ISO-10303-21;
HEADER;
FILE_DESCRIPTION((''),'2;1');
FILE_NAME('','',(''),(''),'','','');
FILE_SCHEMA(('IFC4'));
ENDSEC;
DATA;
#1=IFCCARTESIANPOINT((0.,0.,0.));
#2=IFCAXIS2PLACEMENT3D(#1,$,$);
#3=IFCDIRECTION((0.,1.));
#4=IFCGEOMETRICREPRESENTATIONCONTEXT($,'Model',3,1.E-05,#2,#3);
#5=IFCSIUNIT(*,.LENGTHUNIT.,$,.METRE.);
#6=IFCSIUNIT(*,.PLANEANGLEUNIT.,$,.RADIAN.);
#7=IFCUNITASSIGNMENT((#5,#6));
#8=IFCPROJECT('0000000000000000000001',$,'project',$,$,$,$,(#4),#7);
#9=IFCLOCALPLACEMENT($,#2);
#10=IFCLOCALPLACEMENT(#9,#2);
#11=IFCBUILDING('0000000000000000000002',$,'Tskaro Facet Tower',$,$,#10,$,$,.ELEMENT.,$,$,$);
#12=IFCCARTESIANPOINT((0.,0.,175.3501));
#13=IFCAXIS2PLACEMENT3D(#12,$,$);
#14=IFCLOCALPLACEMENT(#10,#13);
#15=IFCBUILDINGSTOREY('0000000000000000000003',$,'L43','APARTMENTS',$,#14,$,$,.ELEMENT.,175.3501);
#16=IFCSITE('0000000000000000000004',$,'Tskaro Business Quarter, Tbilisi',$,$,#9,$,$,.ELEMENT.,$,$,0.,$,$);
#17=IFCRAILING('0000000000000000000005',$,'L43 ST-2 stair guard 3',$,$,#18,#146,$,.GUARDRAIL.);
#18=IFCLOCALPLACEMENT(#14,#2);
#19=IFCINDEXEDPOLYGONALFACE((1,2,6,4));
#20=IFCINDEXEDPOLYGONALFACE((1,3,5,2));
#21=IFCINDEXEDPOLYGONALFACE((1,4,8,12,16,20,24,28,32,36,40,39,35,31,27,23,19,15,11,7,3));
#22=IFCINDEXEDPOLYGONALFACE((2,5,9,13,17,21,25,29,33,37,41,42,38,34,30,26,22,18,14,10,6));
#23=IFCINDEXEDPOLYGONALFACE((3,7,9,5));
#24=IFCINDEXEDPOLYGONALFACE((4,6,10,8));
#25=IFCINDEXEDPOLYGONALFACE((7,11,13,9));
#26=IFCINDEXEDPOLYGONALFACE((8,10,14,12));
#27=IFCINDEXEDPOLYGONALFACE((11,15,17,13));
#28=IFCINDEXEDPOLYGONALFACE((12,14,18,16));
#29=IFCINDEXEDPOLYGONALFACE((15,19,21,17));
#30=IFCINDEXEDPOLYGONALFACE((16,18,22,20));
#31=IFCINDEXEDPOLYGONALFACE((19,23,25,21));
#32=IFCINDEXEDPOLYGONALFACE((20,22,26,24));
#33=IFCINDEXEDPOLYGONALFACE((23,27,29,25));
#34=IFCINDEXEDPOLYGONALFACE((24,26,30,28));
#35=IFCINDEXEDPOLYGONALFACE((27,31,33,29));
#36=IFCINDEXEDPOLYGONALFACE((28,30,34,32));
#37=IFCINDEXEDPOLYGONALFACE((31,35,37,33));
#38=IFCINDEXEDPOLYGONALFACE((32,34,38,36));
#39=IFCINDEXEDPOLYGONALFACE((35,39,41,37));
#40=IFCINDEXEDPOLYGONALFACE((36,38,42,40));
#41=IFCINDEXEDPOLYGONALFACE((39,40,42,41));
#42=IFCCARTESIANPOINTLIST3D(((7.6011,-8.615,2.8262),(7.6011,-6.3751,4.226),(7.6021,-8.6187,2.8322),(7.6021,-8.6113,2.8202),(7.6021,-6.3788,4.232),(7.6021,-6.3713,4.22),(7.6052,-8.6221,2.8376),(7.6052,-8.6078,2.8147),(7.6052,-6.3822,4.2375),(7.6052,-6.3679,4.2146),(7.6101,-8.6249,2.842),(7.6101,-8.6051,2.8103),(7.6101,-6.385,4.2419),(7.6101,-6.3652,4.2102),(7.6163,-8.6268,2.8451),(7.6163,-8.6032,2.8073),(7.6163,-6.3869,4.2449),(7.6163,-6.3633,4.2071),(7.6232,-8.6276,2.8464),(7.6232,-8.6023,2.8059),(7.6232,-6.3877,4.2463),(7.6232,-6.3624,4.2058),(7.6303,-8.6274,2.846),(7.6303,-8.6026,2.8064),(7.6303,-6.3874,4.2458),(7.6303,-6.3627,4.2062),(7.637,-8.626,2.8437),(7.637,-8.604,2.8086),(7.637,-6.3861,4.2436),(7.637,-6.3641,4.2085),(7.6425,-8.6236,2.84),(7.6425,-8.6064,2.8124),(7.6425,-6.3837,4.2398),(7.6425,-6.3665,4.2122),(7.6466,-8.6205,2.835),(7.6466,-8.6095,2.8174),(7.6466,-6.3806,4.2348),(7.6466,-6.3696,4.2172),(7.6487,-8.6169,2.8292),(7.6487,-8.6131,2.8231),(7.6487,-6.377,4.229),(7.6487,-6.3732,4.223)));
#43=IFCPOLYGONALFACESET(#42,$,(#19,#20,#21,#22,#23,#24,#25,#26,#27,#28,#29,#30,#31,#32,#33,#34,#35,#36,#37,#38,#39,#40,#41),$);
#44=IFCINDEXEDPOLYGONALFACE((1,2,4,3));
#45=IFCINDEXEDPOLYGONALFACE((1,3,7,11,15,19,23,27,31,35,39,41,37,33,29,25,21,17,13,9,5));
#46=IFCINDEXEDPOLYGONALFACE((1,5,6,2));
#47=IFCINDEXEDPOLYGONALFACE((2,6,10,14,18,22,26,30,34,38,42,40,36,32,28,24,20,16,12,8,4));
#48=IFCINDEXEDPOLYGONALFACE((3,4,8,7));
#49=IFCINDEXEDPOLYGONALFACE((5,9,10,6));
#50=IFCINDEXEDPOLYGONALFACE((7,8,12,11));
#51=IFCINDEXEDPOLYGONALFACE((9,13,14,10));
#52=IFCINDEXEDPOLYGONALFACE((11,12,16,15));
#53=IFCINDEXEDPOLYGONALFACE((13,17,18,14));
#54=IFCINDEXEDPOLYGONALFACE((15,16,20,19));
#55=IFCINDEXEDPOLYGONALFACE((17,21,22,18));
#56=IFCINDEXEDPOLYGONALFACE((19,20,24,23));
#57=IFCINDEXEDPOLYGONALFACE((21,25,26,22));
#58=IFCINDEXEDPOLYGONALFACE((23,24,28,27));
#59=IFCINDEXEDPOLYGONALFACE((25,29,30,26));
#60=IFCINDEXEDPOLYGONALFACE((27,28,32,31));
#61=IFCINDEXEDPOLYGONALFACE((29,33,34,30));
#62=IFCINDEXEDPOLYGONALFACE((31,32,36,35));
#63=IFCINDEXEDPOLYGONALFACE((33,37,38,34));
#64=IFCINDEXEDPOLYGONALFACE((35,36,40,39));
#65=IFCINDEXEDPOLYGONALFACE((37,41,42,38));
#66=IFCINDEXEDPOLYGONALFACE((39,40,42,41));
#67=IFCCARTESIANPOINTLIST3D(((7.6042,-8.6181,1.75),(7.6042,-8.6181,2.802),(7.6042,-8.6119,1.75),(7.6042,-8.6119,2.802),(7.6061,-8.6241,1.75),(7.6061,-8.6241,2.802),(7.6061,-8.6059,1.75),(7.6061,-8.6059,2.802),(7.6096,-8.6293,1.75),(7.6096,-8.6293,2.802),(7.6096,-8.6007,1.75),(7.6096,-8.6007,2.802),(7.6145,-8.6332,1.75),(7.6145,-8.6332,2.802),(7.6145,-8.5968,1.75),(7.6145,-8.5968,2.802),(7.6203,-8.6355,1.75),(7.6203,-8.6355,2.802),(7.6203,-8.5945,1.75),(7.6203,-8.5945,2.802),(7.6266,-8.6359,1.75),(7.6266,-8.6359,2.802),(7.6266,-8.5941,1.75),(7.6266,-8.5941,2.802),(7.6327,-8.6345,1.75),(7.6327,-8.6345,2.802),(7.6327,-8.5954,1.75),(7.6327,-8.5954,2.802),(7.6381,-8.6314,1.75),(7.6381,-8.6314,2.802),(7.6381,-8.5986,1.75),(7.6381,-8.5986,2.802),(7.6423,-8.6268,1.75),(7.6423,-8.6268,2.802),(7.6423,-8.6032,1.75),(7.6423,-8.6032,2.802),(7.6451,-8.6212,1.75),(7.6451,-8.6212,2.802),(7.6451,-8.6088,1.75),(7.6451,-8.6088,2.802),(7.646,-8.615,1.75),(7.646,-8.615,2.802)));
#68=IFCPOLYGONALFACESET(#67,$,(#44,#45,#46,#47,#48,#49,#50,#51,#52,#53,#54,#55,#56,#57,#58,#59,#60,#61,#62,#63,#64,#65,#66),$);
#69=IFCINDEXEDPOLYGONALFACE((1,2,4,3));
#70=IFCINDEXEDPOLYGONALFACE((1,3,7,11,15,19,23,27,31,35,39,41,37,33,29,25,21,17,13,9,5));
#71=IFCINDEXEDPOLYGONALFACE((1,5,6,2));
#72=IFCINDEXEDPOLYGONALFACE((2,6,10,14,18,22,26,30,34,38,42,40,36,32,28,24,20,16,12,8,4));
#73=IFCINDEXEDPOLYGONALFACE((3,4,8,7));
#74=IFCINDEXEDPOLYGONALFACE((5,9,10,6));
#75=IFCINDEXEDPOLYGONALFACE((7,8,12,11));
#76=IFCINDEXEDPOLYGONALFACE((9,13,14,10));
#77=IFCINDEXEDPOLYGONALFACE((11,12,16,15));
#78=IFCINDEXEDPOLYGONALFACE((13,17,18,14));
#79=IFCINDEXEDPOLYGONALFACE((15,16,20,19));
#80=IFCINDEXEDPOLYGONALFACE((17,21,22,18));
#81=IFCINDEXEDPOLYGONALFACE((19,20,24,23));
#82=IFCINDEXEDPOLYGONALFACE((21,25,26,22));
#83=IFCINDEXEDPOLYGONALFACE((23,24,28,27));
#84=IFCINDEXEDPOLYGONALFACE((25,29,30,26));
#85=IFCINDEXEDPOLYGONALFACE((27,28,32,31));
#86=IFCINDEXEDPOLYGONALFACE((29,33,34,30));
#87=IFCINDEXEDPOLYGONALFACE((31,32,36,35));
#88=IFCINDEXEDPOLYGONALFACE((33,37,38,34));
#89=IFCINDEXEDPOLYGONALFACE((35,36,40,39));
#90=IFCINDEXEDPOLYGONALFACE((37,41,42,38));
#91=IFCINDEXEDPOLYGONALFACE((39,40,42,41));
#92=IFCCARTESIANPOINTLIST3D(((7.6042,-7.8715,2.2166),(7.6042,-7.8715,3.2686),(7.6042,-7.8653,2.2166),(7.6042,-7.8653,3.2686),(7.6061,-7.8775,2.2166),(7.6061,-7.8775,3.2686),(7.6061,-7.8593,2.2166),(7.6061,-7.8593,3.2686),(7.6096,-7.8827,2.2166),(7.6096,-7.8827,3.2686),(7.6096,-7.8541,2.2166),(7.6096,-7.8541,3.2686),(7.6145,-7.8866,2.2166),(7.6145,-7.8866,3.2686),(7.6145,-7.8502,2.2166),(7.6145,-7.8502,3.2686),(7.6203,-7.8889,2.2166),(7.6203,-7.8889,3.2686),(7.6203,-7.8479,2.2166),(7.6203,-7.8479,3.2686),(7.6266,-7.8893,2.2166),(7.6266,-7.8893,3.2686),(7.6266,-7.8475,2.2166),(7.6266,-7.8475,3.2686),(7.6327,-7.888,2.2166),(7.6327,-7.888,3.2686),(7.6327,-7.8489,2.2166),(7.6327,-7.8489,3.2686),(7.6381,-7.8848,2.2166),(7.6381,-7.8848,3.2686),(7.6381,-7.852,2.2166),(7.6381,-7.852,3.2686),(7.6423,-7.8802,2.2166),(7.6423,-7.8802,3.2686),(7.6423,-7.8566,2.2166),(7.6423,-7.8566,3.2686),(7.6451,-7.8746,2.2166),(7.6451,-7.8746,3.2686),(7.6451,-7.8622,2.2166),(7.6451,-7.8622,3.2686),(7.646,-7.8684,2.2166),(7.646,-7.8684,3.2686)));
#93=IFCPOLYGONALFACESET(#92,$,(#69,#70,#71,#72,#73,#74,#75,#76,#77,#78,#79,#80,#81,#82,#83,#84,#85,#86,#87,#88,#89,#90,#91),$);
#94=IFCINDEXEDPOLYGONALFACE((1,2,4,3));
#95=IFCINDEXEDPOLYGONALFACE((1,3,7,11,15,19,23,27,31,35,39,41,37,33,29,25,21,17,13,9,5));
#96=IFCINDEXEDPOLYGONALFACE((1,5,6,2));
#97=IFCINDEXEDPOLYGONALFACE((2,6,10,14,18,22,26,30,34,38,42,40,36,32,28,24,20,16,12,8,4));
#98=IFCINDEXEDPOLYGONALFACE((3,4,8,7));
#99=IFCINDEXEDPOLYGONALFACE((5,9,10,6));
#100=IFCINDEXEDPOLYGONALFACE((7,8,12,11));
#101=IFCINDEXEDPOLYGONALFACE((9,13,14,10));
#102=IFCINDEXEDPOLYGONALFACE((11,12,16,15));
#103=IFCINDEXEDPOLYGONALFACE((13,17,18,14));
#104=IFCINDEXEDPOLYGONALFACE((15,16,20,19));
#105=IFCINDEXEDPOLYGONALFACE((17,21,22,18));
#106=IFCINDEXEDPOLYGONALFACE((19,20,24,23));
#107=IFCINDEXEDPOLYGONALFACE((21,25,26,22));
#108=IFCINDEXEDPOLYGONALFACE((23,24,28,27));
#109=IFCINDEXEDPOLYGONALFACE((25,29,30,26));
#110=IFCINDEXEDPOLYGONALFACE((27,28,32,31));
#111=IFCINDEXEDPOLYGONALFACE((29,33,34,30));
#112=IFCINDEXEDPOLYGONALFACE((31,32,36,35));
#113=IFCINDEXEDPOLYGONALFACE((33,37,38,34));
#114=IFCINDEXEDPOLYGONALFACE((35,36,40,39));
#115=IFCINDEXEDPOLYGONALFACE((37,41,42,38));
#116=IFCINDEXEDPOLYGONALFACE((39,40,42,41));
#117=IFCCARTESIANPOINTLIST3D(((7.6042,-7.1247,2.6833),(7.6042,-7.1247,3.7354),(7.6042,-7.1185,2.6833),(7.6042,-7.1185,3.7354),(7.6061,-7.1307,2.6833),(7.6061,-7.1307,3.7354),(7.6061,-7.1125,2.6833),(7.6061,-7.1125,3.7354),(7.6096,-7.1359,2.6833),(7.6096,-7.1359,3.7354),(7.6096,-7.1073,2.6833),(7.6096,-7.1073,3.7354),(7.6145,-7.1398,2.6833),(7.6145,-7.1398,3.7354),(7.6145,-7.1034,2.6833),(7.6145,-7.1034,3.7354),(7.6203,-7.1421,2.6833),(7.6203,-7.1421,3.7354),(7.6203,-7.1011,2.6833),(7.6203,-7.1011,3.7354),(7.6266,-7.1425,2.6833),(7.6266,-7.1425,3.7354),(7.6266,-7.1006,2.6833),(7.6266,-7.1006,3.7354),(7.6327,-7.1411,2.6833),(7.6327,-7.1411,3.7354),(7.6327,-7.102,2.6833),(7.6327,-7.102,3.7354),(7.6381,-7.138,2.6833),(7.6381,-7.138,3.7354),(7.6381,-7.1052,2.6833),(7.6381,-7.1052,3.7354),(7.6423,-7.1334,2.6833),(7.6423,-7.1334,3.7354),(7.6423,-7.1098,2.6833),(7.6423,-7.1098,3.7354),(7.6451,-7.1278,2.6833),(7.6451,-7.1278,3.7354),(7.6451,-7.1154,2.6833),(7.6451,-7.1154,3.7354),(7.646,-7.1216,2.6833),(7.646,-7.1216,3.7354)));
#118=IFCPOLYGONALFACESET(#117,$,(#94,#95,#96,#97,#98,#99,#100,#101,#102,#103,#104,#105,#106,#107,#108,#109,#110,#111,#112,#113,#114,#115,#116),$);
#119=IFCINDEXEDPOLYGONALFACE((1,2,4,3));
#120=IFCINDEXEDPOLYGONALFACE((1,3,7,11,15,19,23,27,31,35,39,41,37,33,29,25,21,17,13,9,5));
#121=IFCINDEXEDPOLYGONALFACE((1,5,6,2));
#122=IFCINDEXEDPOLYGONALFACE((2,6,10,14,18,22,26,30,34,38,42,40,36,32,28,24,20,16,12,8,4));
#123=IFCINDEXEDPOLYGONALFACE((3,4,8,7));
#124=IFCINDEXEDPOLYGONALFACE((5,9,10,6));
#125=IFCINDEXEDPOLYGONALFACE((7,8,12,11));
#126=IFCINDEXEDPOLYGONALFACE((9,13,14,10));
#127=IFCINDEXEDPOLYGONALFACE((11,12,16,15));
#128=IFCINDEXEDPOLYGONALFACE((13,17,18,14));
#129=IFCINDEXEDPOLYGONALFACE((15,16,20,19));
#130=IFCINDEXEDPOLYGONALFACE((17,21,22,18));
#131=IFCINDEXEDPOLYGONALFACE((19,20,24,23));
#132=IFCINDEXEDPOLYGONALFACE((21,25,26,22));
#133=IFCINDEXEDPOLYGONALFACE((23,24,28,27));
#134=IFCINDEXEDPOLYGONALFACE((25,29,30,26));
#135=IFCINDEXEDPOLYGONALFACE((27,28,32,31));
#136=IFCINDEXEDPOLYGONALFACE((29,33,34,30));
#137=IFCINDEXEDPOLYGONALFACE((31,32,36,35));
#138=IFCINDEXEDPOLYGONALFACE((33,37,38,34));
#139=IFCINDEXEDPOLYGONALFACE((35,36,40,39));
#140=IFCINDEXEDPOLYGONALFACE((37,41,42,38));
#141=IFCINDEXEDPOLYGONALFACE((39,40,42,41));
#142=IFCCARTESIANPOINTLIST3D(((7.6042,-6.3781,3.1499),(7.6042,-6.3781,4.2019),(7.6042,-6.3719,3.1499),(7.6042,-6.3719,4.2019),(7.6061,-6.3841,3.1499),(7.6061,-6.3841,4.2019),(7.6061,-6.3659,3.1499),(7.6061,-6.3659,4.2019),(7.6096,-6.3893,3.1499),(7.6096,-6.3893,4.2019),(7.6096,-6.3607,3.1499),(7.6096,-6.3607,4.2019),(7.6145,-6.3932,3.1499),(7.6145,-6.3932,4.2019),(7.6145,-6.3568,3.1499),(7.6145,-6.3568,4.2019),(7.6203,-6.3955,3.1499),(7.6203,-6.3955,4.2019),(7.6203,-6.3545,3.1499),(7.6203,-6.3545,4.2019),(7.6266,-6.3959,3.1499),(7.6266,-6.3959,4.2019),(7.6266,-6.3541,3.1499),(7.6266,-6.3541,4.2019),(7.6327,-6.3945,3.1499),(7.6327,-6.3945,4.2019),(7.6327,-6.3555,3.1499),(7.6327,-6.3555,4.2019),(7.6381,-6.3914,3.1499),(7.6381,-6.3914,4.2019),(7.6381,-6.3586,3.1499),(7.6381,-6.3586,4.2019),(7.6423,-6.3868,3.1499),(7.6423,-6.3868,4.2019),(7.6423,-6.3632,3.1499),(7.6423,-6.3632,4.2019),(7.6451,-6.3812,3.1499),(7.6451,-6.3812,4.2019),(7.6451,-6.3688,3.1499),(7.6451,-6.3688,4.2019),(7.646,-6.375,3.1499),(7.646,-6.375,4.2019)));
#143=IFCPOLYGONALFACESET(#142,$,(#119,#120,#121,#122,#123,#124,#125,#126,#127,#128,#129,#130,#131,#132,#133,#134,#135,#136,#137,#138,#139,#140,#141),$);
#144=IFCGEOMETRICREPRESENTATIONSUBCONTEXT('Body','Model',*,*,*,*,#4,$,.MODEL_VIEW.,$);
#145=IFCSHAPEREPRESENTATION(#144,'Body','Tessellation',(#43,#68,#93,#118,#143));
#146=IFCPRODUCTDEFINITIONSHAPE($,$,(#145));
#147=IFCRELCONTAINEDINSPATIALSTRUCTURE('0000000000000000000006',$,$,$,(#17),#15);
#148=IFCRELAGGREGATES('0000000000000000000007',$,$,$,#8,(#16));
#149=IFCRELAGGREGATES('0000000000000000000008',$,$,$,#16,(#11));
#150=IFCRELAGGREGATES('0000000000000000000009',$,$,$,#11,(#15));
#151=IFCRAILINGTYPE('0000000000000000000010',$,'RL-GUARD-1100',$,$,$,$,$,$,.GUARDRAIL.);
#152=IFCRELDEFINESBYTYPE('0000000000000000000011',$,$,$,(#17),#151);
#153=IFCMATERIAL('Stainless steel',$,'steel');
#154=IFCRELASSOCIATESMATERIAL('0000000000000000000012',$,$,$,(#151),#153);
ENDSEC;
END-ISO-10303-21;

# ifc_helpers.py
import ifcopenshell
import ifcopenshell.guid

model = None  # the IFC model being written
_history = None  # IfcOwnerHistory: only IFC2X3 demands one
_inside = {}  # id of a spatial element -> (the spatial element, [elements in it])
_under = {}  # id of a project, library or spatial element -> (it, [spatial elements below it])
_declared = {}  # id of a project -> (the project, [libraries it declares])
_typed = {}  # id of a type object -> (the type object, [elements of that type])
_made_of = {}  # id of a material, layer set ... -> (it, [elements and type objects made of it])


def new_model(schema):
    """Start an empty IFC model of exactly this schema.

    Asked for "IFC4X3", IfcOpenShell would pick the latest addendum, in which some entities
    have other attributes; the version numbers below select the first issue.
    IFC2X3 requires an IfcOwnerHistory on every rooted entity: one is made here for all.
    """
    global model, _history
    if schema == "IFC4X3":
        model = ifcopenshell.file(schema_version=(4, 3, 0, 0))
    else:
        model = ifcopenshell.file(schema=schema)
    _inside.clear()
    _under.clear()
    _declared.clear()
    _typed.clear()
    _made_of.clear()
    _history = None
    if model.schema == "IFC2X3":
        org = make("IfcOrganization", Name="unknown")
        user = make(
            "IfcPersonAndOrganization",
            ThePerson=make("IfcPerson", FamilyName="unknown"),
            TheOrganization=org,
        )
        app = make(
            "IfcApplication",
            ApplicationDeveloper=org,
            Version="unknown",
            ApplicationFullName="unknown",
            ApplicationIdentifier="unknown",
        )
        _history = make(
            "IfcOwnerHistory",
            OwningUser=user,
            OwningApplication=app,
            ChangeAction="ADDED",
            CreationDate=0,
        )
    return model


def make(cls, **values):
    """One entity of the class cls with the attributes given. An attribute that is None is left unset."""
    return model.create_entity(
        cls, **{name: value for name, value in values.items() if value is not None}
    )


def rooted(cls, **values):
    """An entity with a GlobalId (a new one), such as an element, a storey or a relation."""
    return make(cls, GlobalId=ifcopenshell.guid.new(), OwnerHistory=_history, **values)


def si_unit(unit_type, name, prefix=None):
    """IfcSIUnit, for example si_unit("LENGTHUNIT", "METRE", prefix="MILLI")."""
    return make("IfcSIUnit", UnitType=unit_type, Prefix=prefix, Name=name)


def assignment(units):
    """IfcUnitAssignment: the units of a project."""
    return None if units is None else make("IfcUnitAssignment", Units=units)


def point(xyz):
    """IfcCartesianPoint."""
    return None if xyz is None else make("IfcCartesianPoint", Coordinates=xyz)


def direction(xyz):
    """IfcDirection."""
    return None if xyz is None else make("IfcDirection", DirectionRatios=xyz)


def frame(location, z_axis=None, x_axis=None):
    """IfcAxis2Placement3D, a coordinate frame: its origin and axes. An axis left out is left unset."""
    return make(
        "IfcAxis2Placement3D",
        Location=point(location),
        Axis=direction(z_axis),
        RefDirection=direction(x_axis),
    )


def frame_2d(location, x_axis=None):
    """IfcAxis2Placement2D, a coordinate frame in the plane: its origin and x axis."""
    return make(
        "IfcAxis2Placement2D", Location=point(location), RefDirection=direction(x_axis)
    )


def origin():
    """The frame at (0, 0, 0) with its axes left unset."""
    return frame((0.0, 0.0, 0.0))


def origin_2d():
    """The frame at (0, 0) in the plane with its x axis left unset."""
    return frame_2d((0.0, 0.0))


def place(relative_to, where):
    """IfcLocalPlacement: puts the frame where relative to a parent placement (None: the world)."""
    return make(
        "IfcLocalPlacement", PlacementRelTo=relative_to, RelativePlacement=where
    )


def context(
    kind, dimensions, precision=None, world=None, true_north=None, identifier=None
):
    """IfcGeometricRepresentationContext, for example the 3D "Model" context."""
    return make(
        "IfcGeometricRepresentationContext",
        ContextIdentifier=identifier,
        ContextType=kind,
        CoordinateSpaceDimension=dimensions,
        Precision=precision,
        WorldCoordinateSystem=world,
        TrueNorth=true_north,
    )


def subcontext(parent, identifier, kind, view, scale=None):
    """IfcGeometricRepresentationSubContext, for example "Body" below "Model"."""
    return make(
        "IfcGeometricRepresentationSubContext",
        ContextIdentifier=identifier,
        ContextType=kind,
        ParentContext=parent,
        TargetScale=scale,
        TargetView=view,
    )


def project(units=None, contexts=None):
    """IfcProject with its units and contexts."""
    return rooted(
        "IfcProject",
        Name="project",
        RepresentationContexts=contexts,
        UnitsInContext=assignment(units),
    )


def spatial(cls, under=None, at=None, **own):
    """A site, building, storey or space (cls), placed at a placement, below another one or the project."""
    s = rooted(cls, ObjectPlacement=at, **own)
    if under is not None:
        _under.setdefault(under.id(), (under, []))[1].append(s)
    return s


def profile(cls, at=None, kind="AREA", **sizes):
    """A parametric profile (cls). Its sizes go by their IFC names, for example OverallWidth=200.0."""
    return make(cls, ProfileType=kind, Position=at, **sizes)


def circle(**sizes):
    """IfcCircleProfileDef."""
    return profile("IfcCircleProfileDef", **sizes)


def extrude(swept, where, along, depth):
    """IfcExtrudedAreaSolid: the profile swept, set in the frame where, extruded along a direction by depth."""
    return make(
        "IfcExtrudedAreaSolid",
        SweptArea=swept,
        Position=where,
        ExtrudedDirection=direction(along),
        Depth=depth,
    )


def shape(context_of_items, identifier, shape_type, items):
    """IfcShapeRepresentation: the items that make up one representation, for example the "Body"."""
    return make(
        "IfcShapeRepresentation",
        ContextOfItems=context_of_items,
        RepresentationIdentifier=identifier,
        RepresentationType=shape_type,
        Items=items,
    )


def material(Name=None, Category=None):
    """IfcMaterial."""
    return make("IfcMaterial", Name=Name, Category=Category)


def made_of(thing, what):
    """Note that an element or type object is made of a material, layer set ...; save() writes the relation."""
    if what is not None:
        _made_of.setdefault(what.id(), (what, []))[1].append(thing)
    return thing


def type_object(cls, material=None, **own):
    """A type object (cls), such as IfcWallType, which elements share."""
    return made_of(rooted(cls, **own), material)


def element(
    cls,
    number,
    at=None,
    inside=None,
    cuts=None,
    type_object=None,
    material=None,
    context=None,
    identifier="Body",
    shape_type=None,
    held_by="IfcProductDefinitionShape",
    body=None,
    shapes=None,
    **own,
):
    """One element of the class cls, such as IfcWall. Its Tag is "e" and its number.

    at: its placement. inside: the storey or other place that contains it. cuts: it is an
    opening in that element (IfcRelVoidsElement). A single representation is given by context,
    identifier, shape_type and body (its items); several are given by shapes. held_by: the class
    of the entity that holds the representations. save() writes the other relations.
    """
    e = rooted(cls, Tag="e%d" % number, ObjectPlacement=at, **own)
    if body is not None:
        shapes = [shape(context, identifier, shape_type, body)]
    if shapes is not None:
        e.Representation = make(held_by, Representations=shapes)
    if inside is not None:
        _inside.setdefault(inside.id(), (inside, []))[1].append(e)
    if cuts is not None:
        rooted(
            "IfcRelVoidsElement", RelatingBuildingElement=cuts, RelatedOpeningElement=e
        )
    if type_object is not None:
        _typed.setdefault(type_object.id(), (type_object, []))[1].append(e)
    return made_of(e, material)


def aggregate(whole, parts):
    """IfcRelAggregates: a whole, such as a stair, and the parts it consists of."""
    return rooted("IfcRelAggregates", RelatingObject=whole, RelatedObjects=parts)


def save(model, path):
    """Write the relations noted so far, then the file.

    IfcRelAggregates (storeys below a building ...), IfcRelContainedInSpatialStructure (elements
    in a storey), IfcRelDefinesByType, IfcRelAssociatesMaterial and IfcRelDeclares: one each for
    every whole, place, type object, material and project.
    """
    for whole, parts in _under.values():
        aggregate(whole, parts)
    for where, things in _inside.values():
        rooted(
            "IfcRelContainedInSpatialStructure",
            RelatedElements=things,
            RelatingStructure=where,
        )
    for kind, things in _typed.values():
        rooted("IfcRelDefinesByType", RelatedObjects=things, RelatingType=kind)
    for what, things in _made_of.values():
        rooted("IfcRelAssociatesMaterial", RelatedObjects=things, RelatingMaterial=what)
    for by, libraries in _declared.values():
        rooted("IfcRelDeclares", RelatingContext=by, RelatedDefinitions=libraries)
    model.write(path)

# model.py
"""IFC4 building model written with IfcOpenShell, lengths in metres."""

from ifc_helpers import new_model, si_unit, direction, frame, origin, origin_2d, place, context, subcontext, project, spatial, circle, extrude, material, type_object, element, save


model = new_model("IFC4")

# Units and contexts
model_context = context("Model", 3, precision=1e-05, world=origin(), true_north=direction((0.0, 1.0)))
body_context = subcontext(model_context, "Body", "Model", "MODEL_VIEW")
ifc_project = project(units=[si_unit("LENGTHUNIT", "METRE"), si_unit("PLANEANGLEUNIT", "RADIAN")], contexts=[model_context])

# Site, building, storey
site_placement = place(None, origin())
site = spatial("IfcSite", under=ifc_project, at=site_placement, Name="Tskaro Business Quarter, Tbilisi", CompositionType="ELEMENT", RefElevation=0.0)
building_placement = place(site_placement, origin())
building = spatial("IfcBuilding", under=site, at=building_placement, Name="Tskaro Facet Tower", CompositionType="ELEMENT")
storey_placement = place(building_placement, frame((0.0, 0.0, 175.3501)))
storey = spatial("IfcBuildingStorey", under=building, at=storey_placement, Name="L43", Description="APARTMENTS", CompositionType="ELEMENT", Elevation=175.3501)

# Shared definitions
ifc_material_1 = material(Name="Stainless steel", Category="steel")

# Railing
railing_type_1 = type_object("IfcRailingType", Name="RL-GUARD-1100", PredefinedType="GUARDRAIL", material=ifc_material_1)
railing_1_placement = place(storey_placement, frame((7.625, -8.615, 1.75)))
element("IfcRailing", 1, at=railing_1_placement, inside=storey, type_object=railing_type_1, Name="L43 ST-2 stair guard 3", PredefinedType="GUARDRAIL", context=body_context, shape_type="SweptSolid", body=[
    extrude(circle(Radius=0.0239, at=origin_2d()), frame((0.0, 0.0, 1.0762), z_axis=(0.0, 0.848014, 0.529974), x_axis=(-1.0, 0.0, 0.0)), (0.0, 0.0, 1.0), 2.6414),
    extrude(circle(Radius=0.021, at=origin_2d()), origin(), (0.0, 0.0, 1.0), 1.052),
    extrude(circle(Radius=0.021, at=origin_2d()), frame((0.0, 0.7466, 0.4666)), (0.0, 0.0, 1.0), 1.052),
    extrude(circle(Radius=0.021, at=origin_2d()), frame((0.0, 1.4934, 0.9333)), (0.0, 0.0, 1.0), 1.052),
    extrude(circle(Radius=0.021, at=origin_2d()), frame((0.0, 2.24, 1.3999)), (0.0, 0.0, 1.0), 1.052),
])

save(model, "model.ifc")
